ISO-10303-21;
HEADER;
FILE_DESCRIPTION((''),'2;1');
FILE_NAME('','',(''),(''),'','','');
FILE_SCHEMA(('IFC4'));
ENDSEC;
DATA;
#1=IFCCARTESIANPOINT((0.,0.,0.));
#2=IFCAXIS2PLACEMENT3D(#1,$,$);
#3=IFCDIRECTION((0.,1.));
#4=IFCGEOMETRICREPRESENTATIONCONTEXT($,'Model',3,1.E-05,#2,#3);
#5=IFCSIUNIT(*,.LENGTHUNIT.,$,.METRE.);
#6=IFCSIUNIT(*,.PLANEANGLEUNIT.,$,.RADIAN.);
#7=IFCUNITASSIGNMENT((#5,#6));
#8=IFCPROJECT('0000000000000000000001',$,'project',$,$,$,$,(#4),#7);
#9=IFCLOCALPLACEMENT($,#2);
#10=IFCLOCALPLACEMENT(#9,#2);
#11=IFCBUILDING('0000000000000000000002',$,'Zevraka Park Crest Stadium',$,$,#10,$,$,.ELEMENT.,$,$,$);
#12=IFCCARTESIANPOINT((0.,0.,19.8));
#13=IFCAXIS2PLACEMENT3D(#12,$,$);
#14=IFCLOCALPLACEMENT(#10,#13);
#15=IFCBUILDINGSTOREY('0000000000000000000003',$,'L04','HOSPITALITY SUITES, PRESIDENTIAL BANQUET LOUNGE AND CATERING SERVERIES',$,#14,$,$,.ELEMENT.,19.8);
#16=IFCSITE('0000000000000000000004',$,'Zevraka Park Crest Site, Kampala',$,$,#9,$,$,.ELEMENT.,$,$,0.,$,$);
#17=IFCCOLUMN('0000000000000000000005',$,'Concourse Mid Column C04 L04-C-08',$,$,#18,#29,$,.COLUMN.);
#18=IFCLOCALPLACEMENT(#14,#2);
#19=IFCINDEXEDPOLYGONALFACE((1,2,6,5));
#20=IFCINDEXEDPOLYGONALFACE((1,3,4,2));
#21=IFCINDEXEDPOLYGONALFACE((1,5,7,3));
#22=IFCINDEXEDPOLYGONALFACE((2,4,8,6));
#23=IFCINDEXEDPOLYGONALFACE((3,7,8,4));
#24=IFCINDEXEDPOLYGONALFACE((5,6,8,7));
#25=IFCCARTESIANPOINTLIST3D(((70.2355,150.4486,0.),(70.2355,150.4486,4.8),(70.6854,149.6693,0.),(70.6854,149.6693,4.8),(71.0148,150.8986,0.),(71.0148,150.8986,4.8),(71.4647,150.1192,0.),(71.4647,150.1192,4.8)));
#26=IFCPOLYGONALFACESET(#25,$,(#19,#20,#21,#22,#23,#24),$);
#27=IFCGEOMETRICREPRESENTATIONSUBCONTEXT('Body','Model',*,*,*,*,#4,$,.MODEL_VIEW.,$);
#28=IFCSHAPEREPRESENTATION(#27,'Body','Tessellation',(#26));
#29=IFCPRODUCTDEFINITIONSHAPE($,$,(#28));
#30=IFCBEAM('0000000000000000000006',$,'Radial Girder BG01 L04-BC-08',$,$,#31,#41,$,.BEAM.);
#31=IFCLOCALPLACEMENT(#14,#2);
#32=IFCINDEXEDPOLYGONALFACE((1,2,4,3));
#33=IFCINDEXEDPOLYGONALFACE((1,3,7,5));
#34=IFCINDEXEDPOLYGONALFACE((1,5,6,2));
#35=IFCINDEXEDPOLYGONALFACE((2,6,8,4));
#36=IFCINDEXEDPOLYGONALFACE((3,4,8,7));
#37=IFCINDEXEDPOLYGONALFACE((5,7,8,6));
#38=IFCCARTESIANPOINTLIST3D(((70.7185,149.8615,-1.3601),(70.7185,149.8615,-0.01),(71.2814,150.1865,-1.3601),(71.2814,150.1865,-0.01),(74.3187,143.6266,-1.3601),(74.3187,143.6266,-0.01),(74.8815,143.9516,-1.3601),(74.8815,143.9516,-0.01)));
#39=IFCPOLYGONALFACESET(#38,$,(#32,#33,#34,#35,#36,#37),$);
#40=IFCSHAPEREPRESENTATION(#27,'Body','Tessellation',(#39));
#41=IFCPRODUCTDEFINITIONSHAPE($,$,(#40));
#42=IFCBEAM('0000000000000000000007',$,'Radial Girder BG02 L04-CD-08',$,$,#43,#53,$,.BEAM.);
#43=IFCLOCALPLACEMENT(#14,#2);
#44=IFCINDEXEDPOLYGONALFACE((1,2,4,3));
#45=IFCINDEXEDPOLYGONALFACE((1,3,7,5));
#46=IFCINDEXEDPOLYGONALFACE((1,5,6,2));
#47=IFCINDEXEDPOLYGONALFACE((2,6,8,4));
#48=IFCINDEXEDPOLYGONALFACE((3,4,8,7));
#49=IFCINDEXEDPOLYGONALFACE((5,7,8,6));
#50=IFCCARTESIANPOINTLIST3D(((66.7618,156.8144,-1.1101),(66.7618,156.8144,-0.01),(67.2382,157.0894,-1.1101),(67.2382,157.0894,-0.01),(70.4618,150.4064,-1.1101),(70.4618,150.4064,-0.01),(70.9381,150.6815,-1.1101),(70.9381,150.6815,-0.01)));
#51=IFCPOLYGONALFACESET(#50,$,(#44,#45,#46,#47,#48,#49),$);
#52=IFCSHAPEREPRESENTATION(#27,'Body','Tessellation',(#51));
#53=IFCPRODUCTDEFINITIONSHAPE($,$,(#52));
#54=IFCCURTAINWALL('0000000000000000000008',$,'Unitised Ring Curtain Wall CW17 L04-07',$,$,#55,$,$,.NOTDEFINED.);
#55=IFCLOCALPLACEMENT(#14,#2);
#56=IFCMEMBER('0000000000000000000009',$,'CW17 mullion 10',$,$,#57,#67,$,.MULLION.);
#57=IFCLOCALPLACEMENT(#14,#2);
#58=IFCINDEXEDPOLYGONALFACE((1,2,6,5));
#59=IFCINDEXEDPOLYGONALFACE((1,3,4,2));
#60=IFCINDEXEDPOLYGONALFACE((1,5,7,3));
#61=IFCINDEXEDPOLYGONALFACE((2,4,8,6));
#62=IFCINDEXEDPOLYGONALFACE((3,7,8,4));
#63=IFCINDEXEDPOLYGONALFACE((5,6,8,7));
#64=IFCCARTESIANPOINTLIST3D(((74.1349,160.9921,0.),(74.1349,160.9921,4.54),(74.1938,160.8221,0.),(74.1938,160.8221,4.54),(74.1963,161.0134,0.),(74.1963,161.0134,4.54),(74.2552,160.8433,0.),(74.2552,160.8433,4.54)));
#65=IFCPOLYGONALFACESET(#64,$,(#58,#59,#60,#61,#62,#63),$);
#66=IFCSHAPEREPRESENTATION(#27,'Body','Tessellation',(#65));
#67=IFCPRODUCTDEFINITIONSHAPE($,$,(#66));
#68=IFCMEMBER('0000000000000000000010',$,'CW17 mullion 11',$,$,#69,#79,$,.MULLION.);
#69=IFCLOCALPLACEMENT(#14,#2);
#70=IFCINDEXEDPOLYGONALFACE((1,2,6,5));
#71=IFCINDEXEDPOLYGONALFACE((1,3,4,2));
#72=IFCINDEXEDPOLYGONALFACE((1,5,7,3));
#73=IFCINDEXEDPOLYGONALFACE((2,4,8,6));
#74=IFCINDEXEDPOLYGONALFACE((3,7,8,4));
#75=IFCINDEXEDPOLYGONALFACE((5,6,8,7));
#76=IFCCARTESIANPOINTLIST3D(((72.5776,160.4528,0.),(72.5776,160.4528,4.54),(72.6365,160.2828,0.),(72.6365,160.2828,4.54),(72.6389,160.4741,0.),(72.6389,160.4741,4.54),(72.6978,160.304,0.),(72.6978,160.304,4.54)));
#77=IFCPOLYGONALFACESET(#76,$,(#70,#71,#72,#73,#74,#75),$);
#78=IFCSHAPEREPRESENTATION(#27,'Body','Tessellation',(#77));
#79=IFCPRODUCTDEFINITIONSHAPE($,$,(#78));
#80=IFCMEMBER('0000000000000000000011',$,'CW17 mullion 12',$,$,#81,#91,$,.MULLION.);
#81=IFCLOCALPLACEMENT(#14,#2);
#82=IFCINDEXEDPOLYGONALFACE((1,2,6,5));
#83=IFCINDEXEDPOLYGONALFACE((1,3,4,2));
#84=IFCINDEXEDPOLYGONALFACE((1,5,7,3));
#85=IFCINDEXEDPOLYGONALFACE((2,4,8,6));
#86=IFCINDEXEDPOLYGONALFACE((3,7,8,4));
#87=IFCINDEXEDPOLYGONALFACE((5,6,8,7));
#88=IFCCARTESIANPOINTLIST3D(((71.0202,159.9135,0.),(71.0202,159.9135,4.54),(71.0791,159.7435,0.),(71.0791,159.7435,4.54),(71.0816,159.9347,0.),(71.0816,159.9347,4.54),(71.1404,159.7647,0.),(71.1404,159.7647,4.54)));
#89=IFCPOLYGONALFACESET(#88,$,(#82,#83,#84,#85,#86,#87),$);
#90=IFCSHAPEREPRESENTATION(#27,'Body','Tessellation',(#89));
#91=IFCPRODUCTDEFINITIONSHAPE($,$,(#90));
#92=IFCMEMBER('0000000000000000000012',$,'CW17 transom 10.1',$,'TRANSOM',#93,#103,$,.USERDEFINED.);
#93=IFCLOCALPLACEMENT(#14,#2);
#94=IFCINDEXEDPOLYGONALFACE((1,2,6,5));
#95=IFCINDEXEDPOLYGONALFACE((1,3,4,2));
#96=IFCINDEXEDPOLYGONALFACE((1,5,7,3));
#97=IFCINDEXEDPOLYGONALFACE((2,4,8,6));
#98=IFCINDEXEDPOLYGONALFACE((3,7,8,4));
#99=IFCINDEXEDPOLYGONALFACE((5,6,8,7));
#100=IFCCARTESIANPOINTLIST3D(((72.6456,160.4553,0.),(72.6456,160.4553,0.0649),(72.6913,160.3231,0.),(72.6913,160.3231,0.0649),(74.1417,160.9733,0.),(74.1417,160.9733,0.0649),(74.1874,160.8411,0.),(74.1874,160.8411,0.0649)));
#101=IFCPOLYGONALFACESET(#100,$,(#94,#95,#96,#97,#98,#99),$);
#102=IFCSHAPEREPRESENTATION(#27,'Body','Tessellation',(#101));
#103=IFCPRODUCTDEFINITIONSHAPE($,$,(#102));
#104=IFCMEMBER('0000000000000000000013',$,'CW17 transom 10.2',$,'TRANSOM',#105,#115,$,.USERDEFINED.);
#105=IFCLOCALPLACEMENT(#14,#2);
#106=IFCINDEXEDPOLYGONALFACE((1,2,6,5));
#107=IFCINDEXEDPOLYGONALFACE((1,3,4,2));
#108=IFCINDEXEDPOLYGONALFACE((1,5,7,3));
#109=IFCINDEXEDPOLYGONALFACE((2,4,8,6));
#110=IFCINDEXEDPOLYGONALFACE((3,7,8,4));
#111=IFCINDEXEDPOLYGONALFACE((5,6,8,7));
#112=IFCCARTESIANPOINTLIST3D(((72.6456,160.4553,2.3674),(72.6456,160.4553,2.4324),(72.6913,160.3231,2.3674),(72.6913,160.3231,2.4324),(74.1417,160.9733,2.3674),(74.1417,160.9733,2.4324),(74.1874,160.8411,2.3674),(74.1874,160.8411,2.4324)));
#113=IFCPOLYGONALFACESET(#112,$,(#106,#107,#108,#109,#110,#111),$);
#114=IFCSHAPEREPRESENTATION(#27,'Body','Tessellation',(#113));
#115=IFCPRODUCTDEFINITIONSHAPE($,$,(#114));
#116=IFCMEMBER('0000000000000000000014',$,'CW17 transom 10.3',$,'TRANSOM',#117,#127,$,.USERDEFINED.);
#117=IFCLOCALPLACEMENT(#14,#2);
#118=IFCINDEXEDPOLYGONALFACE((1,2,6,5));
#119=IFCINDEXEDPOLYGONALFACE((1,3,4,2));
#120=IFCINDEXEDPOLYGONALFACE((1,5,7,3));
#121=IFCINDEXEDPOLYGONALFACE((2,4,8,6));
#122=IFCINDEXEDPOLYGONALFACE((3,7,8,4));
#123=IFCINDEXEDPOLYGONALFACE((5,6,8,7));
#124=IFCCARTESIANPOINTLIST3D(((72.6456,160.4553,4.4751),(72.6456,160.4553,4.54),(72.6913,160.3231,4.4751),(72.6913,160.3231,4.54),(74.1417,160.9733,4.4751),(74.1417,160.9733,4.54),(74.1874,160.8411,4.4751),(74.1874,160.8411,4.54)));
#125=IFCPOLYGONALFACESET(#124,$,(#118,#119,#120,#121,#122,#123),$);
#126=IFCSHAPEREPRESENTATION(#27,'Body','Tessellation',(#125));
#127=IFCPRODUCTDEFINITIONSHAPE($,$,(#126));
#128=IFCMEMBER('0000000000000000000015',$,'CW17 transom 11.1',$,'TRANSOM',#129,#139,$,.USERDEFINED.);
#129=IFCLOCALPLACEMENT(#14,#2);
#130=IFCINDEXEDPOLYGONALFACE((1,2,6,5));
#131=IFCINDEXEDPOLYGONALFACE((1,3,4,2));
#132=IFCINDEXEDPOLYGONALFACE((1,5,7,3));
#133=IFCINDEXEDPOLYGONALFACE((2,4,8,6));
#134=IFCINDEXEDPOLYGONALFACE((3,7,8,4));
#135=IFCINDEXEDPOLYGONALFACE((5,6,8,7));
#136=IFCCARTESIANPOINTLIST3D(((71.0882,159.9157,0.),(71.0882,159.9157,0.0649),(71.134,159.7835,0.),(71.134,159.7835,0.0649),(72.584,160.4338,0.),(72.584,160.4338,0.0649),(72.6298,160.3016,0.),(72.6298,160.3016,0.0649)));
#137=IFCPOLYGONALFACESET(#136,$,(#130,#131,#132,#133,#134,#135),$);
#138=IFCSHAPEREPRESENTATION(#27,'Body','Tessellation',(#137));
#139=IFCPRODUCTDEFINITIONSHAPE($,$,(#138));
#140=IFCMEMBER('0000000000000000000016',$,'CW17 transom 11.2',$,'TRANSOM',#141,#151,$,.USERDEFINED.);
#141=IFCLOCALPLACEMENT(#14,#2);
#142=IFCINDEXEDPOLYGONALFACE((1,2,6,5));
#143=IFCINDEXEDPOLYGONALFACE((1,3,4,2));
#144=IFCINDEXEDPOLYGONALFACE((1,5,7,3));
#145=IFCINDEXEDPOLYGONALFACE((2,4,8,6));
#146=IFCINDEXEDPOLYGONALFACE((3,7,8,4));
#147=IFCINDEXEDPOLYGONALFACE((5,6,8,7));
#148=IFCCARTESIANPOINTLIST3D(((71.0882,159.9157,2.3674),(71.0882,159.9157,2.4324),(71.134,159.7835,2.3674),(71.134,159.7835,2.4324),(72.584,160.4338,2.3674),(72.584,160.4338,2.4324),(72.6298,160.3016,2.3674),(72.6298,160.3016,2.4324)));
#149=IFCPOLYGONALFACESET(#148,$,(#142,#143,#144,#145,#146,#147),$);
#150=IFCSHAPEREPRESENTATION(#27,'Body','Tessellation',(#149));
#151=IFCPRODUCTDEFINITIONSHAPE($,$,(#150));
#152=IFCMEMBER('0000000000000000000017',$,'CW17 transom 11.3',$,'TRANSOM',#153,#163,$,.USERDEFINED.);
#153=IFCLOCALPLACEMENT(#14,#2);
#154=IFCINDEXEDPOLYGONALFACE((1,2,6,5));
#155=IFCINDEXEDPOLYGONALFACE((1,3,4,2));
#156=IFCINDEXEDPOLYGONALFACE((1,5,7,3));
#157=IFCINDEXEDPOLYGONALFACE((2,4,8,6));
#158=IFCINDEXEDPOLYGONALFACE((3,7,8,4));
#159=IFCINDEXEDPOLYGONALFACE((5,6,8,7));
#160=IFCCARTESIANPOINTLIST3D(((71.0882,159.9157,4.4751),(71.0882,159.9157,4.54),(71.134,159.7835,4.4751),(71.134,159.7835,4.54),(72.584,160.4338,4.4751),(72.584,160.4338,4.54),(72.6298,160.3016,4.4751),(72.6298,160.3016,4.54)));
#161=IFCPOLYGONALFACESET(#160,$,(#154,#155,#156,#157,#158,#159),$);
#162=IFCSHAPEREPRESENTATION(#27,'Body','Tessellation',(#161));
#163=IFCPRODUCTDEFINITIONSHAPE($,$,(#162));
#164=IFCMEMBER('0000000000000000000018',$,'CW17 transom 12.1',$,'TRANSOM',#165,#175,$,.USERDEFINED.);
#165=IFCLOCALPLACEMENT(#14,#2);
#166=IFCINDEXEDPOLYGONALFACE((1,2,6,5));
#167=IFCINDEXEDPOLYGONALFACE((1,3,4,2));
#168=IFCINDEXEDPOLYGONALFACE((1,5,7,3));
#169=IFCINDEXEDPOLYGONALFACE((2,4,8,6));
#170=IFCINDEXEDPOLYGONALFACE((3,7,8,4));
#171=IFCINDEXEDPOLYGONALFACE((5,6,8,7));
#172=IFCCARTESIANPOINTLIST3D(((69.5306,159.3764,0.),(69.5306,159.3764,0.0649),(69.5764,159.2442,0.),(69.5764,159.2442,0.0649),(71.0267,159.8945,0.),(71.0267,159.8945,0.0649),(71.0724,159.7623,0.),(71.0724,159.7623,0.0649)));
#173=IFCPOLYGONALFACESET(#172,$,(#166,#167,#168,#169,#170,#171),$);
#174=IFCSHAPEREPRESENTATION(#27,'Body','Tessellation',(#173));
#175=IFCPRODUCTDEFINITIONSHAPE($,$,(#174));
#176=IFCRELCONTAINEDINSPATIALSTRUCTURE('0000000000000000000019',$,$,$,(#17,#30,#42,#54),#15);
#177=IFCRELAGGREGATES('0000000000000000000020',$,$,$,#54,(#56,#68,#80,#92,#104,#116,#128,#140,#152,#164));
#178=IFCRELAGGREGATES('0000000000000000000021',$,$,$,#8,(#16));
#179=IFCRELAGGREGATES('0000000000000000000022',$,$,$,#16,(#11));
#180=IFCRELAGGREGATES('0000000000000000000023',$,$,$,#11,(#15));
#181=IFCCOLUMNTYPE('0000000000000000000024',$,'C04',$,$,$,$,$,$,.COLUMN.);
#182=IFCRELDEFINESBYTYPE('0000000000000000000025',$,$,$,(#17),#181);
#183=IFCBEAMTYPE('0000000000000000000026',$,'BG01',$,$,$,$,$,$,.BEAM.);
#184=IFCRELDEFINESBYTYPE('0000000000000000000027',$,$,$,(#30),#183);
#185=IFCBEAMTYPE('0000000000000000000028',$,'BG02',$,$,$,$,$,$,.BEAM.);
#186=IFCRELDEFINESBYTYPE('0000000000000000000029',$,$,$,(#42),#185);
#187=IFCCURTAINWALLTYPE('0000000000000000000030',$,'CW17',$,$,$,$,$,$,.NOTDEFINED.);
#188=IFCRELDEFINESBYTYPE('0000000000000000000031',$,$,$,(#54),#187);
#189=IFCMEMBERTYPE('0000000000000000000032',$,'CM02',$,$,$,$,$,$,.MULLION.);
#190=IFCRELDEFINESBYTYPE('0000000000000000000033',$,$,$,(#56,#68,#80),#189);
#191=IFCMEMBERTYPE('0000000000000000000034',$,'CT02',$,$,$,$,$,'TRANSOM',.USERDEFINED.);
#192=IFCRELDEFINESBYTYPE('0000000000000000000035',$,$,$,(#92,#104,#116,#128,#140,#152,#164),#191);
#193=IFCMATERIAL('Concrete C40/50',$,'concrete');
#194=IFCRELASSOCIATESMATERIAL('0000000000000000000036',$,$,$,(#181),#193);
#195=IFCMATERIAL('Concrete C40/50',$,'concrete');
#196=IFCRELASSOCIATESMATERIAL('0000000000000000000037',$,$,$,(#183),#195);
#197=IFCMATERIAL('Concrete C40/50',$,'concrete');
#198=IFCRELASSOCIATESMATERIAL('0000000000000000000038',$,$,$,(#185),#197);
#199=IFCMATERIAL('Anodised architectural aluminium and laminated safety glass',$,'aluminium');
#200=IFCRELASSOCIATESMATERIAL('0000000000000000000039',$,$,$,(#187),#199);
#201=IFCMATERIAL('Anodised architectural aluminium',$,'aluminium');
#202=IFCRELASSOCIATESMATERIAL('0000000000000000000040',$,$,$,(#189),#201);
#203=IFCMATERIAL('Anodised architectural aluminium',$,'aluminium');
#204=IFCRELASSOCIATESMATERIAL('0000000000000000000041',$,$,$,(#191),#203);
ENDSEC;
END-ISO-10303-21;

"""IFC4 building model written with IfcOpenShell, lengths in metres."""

from ifc_helpers import new_model, si_unit, direction, frame, origin, origin_2d, place, context, subcontext, project, spatial, rectangle, extrude, material, material_profile, profile_set, type_object, element, aggregate, save


model = new_model("IFC4")

# Units and contexts
model_context = context("Model", 3, precision=1e-05, world=origin(), true_north=direction((0.0, 1.0)))
body_context = subcontext(model_context, "Body", "Model", "MODEL_VIEW")
ifc_project = project(units=[si_unit("LENGTHUNIT", "METRE"), si_unit("PLANEANGLEUNIT", "RADIAN")], contexts=[model_context])

# Site, building, storey
site_placement = place(None, origin())
site = spatial("IfcSite", under=ifc_project, at=site_placement, Name="Zevraka Park Crest Site, Kampala", CompositionType="ELEMENT", RefElevation=0.0)
building_placement = place(site_placement, origin())
building = spatial("IfcBuilding", under=site, at=building_placement, Name="Zevraka Park Crest Stadium", CompositionType="ELEMENT")
storey_placement = place(building_placement, frame((0.0, 0.0, 19.8)))
storey = spatial("IfcBuildingStorey", under=building, at=storey_placement, Name="L04", Description="HOSPITALITY SUITES, PRESIDENTIAL BANQUET LOUNGE AND CATERING SERVERIES", CompositionType="ELEMENT", Elevation=19.8)

# Column
ifc_material_1 = material(Name="Concrete C40/50", Category="concrete")
ifc_material_profile_1 = material_profile(ifc_material_1, rectangle(XDim=0.8999, YDim=0.8999, at=origin_2d()), Name="RC 900x900")
ifc_profile_set_1 = profile_set([ifc_material_profile_1], Name="Concrete C40/50")
column_type = type_object("IfcColumnType", Name="C04", PredefinedType="COLUMN", material=ifc_profile_set_1)
column_placement = place(storey_placement, frame((70.8501, 150.2839, 0.0), z_axis=(0.0, 0.0, 1.0), x_axis=(-0.5, 0.866025, 0.0)))
element("IfcColumn", 1, at=column_placement, inside=storey, type_object=column_type, Name="Concourse Mid Column C04 L04-C-08", PredefinedType="COLUMN", context=body_context, shape_type="SweptSolid", body=[
    extrude(rectangle(XDim=0.8999, YDim=0.8999, at=origin_2d()), origin(), (0.0, 0.0, 1.0), 4.8),
])

# Beams
ifc_material_2 = material(Name="Concrete C40/50", Category="concrete")
ifc_material_profile_2 = material_profile(ifc_material_2, rectangle(XDim=0.6499, YDim=1.3501, at=origin_2d()), Name="RC 1350x650")
ifc_profile_set_2 = profile_set([ifc_material_profile_2], Name="Concrete C40/50")
beam_type_1 = type_object("IfcBeamType", Name="BG01", PredefinedType="BEAM", material=ifc_profile_set_2)
beam_1_placement = place(storey_placement, frame((74.6001, 143.7891, -0.6851), z_axis=(-0.500041, 0.866001, 0.0), x_axis=(-0.866001, -0.500041, 0.0)))
element("IfcBeam", 2, at=beam_1_placement, inside=storey, type_object=beam_type_1, Name="Radial Girder BG01 L04-BC-08", PredefinedType="BEAM", context=body_context, shape_type="SweptSolid", body=[
    extrude(rectangle(XDim=0.6499, YDim=1.3501, at=origin_2d()), origin(), (0.0, 0.0, 1.0), 7.1997),
])
ifc_material_3 = material(Name="Concrete C40/50", Category="concrete")
ifc_material_profile_3 = material_profile(ifc_material_3, rectangle(XDim=0.55, YDim=1.1001, at=origin_2d()), Name="RC 1100x550")
ifc_profile_set_3 = profile_set([ifc_material_profile_3], Name="Concrete C40/50")
beam_type_2 = type_object("IfcBeamType", Name="BG02", PredefinedType="BEAM", material=ifc_profile_set_3)
beam_2_placement = place(storey_placement, frame((70.7, 150.5439, -0.5601), z_axis=(-0.500032, 0.866007, 0.0), x_axis=(-0.866007, -0.500032, 0.0)))
element("IfcBeam", 3, at=beam_2_placement, inside=storey, type_object=beam_type_2, Name="Radial Girder BG02 L04-CD-08", PredefinedType="BEAM", context=body_context, shape_type="SweptSolid", body=[
    extrude(rectangle(XDim=0.55, YDim=1.1001, at=origin_2d()), origin(), (0.0, 0.0, 1.0), 7.3994),
])

# Curtain wall, members
ifc_material_4 = material(Name="Anodised architectural aluminium and laminated safety glass", Category="aluminium")
curtain_wall_type = type_object("IfcCurtainWallType", Name="CW17", PredefinedType="NOTDEFINED", material=ifc_material_4)
curtain_wall_placement = place(storey_placement, origin())
curtain_wall = element("IfcCurtainWall", 4, at=curtain_wall_placement, inside=storey, type_object=curtain_wall_type, Name="Unitised Ring Curtain Wall CW17 L04-07", PredefinedType="NOTDEFINED")
ifc_material_5 = material(Name="Anodised architectural aluminium", Category="aluminium")
ifc_material_profile_4 = material_profile(ifc_material_5, rectangle(XDim=0.1799, YDim=0.0649, at=origin_2d()), Name="ALU MULLION 180x65")
ifc_profile_set_4 = profile_set([ifc_material_profile_4], Name="Anodised architectural aluminium")
member_type_1 = type_object("IfcMemberType", Name="CM02", PredefinedType="MULLION", material=ifc_profile_set_4)
member_1_placement = place(storey_placement, frame((74.1951, 160.9177, 0.0), z_axis=(0.0, 0.0, 1.0), x_axis=(0.327245, -0.94494, 0.0)))
member_1 = element("IfcMember", 5, at=member_1_placement, type_object=member_type_1, Name="CW17 mullion 10", PredefinedType="MULLION", context=body_context, shape_type="SweptSolid", body=[
    extrude(rectangle(XDim=0.1799, YDim=0.0649, at=origin_2d()), origin(), (0.0, 0.0, 1.0), 4.54),
])
member_2_placement = place(storey_placement, frame((72.6377, 160.3784, 0.0), z_axis=(0.0, 0.0, 1.0), x_axis=(0.327245, -0.94494, 0.0)))
member_2 = element("IfcMember", 6, at=member_2_placement, type_object=member_type_1, Name="CW17 mullion 11", PredefinedType="MULLION", context=body_context, shape_type="SweptSolid", body=[
    extrude(rectangle(XDim=0.1799, YDim=0.0649, at=origin_2d()), origin(), (0.0, 0.0, 1.0), 4.54),
])
member_3_placement = place(storey_placement, frame((71.0803, 159.8391, 0.0), z_axis=(0.0, 0.0, 1.0), x_axis=(0.327245, -0.94494, 0.0)))
member_3 = element("IfcMember", 7, at=member_3_placement, type_object=member_type_1, Name="CW17 mullion 12", PredefinedType="MULLION", context=body_context, shape_type="SweptSolid", body=[
    extrude(rectangle(XDim=0.1799, YDim=0.0649, at=origin_2d()), origin(), (0.0, 0.0, 1.0), 4.54),
])
ifc_material_6 = material(Name="Anodised architectural aluminium", Category="aluminium")
ifc_material_profile_5 = material_profile(ifc_material_6, rectangle(XDim=0.1399, YDim=0.0649, at=origin_2d()), Name="ALU TRANSOM 140x65")
ifc_profile_set_5 = profile_set([ifc_material_profile_5], Name="Anodised architectural aluminium")
member_type_2 = type_object("IfcMemberType", Name="CT02", ElementType="TRANSOM", PredefinedType="USERDEFINED", material=ifc_profile_set_5)
member_4_placement = place(storey_placement, frame((74.1646, 160.9072, 0.0325), z_axis=(-0.944949, -0.327216, 0.0), x_axis=(0.327216, -0.944949, 0.0)))
member_4 = element("IfcMember", 8, at=member_4_placement, type_object=member_type_2, Name="CW17 transom 10.1", ObjectType="TRANSOM", PredefinedType="USERDEFINED", context=body_context, shape_type="SweptSolid", body=[
    extrude(rectangle(XDim=0.1399, YDim=0.0649, at=origin_2d()), origin(), (0.0, 0.0, 1.0), 1.5833),
])
member_5_placement = place(storey_placement, frame((74.1646, 160.9072, 2.3999), z_axis=(-0.944949, -0.327216, 0.0), x_axis=(0.327216, -0.944949, 0.0)))
member_5 = element("IfcMember", 9, at=member_5_placement, type_object=member_type_2, Name="CW17 transom 10.2", ObjectType="TRANSOM", PredefinedType="USERDEFINED", context=body_context, shape_type="SweptSolid", body=[
    extrude(rectangle(XDim=0.1399, YDim=0.0649, at=origin_2d()), origin(), (0.0, 0.0, 1.0), 1.5833),
])
member_6_placement = place(storey_placement, frame((74.1646, 160.9072, 4.5076), z_axis=(-0.944949, -0.327216, 0.0), x_axis=(0.327216, -0.944949, 0.0)))
member_6 = element("IfcMember", 10, at=member_6_placement, type_object=member_type_2, Name="CW17 transom 10.3", ObjectType="TRANSOM", PredefinedType="USERDEFINED", context=body_context, shape_type="SweptSolid", body=[
    extrude(rectangle(XDim=0.1399, YDim=0.0649, at=origin_2d()), origin(), (0.0, 0.0, 1.0), 1.5833),
])
member_7_placement = place(storey_placement, frame((72.6069, 160.3677, 0.0325), z_axis=(-0.944933, -0.327264, 0.0), x_axis=(0.327264, -0.944933, 0.0)))
member_7 = element("IfcMember", 11, at=member_7_placement, type_object=member_type_2, Name="CW17 transom 11.1", ObjectType="TRANSOM", PredefinedType="USERDEFINED", context=body_context, shape_type="SweptSolid", body=[
    extrude(rectangle(XDim=0.1399, YDim=0.0649, at=origin_2d()), origin(), (0.0, 0.0, 1.0), 1.583),
])
member_8_placement = place(storey_placement, frame((72.6069, 160.3677, 2.3999), z_axis=(-0.944933, -0.327264, 0.0), x_axis=(0.327264, -0.944933, 0.0)))
member_8 = element("IfcMember", 12, at=member_8_placement, type_object=member_type_2, Name="CW17 transom 11.2", ObjectType="TRANSOM", PredefinedType="USERDEFINED", context=body_context, shape_type="SweptSolid", body=[
    extrude(rectangle(XDim=0.1399, YDim=0.0649, at=origin_2d()), origin(), (0.0, 0.0, 1.0), 1.583),
])
member_9_placement = place(storey_placement, frame((72.6069, 160.3677, 4.5076), z_axis=(-0.944933, -0.327264, 0.0), x_axis=(0.327264, -0.944933, 0.0)))
member_9 = element("IfcMember", 13, at=member_9_placement, type_object=member_type_2, Name="CW17 transom 11.3", ObjectType="TRANSOM", PredefinedType="USERDEFINED", context=body_context, shape_type="SweptSolid", body=[
    extrude(rectangle(XDim=0.1399, YDim=0.0649, at=origin_2d()), origin(), (0.0, 0.0, 1.0), 1.583),
])
member_10_placement = place(storey_placement, frame((71.0496, 159.8284, 0.0325), z_axis=(-0.944949, -0.327216, 0.0), x_axis=(0.327216, -0.944949, 0.0)))
member_10 = element("IfcMember", 14, at=member_10_placement, type_object=member_type_2, Name="CW17 transom 12.1", ObjectType="TRANSOM", PredefinedType="USERDEFINED", context=body_context, shape_type="SweptSolid", body=[
    extrude(rectangle(XDim=0.1399, YDim=0.0649, at=origin_2d()), origin(), (0.0, 0.0, 1.0), 1.5833),
])

aggregate(curtain_wall, [member_1, member_2, member_3, member_4, member_5, member_6, member_7, member_8, member_9, member_10])

save(model, "model.ifc")
